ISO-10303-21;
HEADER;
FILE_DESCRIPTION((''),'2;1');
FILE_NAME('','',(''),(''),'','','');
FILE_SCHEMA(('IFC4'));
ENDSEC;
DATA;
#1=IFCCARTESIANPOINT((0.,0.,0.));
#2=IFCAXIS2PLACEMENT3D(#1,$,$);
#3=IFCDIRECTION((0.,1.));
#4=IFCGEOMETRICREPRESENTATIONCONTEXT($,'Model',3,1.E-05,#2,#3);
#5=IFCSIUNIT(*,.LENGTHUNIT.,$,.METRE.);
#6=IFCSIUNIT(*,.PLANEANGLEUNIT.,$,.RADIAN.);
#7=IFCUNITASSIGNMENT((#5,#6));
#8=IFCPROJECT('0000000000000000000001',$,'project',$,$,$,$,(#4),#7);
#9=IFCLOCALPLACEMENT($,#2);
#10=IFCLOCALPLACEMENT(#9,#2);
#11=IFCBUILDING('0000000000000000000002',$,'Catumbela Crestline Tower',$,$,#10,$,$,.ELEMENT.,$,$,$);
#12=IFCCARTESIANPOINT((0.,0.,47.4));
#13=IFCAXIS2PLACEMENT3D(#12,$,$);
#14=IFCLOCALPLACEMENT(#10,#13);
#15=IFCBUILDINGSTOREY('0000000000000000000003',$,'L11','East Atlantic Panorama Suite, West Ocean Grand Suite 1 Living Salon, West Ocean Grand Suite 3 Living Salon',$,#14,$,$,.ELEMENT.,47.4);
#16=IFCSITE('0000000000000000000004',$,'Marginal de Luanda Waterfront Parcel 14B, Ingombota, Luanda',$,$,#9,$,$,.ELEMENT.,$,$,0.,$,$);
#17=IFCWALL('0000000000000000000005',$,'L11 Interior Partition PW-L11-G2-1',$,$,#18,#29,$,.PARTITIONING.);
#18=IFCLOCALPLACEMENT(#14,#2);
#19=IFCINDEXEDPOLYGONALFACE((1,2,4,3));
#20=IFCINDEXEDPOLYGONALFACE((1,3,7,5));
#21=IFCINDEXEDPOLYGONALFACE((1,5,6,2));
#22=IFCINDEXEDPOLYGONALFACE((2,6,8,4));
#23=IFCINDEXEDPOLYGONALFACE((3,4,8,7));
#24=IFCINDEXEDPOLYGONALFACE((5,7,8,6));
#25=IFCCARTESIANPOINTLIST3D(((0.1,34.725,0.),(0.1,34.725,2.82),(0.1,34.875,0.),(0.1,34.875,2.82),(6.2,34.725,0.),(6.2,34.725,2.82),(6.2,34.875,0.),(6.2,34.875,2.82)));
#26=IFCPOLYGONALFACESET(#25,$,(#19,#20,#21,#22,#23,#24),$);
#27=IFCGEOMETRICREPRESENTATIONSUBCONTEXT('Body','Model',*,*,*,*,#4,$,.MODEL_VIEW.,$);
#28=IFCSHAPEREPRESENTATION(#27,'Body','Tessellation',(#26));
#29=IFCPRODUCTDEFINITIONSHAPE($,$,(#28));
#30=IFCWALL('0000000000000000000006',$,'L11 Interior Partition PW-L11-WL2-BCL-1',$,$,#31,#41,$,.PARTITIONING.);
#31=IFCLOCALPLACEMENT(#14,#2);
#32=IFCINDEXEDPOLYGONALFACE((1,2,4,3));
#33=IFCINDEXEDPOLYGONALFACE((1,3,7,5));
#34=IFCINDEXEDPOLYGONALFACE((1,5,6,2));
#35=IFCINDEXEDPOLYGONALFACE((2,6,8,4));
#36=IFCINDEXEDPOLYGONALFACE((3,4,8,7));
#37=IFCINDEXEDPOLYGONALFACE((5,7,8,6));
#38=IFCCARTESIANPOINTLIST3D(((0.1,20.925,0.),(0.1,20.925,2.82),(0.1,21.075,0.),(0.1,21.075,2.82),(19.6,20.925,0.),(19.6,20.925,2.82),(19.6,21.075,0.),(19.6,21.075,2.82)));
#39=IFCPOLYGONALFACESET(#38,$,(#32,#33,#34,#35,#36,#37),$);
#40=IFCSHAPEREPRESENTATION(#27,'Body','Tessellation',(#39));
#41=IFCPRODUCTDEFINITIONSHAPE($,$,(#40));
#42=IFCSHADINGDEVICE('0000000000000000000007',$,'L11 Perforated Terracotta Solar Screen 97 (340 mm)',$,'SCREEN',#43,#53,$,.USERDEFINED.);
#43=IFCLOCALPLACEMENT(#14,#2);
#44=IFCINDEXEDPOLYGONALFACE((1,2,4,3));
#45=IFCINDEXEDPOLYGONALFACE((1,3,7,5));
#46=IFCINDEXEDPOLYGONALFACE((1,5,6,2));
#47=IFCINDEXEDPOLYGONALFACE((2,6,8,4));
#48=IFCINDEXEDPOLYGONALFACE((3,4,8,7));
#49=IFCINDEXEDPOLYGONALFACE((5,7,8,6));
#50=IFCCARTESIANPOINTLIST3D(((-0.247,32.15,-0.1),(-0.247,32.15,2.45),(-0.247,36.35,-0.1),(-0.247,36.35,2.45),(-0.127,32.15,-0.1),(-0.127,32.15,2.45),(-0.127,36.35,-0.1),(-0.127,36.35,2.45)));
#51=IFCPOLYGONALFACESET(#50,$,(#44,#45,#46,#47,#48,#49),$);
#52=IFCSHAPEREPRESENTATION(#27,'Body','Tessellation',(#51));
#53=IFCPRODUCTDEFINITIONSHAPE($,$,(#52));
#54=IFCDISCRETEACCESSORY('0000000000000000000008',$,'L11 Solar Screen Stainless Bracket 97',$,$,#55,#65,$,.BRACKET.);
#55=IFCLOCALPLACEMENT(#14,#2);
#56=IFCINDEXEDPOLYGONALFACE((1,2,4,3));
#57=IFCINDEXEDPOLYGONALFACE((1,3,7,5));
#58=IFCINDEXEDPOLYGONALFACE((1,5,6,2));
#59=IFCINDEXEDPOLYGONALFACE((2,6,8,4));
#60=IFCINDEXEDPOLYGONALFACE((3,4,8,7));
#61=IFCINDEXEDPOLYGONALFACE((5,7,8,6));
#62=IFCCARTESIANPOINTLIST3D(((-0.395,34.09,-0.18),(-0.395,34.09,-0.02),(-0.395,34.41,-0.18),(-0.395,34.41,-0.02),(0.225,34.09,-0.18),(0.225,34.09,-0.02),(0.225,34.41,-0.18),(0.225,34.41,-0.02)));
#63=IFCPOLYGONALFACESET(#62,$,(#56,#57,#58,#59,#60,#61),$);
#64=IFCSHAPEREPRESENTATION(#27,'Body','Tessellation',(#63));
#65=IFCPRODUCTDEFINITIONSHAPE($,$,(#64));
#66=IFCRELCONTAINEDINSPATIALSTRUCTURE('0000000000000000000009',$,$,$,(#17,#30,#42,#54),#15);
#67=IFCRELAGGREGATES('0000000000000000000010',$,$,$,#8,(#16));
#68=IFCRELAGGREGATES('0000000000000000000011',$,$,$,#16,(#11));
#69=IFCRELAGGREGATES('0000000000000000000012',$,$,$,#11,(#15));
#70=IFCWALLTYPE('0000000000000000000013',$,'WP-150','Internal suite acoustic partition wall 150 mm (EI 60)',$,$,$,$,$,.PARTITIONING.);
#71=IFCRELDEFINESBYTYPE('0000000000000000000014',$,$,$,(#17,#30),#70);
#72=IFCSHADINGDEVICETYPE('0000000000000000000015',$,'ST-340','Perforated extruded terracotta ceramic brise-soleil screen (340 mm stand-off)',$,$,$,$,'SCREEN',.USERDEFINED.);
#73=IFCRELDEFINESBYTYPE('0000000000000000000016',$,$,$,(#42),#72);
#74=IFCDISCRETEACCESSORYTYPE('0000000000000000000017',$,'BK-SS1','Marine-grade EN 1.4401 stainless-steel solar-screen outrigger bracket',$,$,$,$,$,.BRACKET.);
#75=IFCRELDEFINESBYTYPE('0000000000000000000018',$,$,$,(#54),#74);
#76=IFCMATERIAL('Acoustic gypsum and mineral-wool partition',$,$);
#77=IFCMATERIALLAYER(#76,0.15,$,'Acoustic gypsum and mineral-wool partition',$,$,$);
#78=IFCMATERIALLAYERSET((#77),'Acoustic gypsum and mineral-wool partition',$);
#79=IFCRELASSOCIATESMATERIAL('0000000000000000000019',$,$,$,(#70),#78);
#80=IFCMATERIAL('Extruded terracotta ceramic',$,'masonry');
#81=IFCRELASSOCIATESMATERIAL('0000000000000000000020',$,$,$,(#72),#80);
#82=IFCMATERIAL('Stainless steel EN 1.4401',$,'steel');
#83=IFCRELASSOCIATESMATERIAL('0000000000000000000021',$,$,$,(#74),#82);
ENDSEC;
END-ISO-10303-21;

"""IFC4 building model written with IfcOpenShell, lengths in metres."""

from ifc_helpers import new_model, si_unit, direction, frame, frame_2d, origin, origin_2d, place, context, subcontext, project, spatial, rectangle, extrude, material, layer, layer_set, type_object, element, save


model = new_model("IFC4")

# Units and contexts
model_context = context("Model", 3, precision=1e-05, world=origin(), true_north=direction((0.0, 1.0)))
body_context = subcontext(model_context, "Body", "Model", "MODEL_VIEW")
ifc_project = project(units=[si_unit("LENGTHUNIT", "METRE"), si_unit("PLANEANGLEUNIT", "RADIAN")], contexts=[model_context])

# Site, building, storey
site_placement = place(None, origin())
site = spatial("IfcSite", under=ifc_project, at=site_placement, Name="Marginal de Luanda Waterfront Parcel 14B, Ingombota, Luanda", CompositionType="ELEMENT", RefElevation=0.0)
building_placement = place(site_placement, origin())
building = spatial("IfcBuilding", under=site, at=building_placement, Name="Catumbela Crestline Tower", CompositionType="ELEMENT")
storey_placement = place(building_placement, frame((0.0, 0.0, 47.4)))
storey = spatial("IfcBuildingStorey", under=building, at=storey_placement, Name="L11", Description="East Atlantic Panorama Suite, West Ocean Grand Suite 1 Living Salon, West Ocean Grand Suite 3 Living Salon", CompositionType="ELEMENT", Elevation=47.4)

# Walls
ifc_material_1 = material(Name="Acoustic gypsum and mineral-wool partition")
ifc_layer_1 = layer(ifc_material_1, 0.15, Name="Acoustic gypsum and mineral-wool partition")
ifc_layer_set_1 = layer_set([ifc_layer_1], Name="Acoustic gypsum and mineral-wool partition")
wall_type_1 = type_object("IfcWallType", Name="WP-150", Description="Internal suite acoustic partition wall 150 mm (EI 60)", PredefinedType="PARTITIONING", material=ifc_layer_set_1)
wall_1_placement = place(storey_placement, frame((0.1, 34.8, 0.0), z_axis=(0.0, 0.0, 1.0), x_axis=(1.0, 0.0, 0.0)))
element("IfcWall", 1, at=wall_1_placement, inside=storey, type_object=wall_type_1, Name="L11 Interior Partition PW-L11-G2-1", PredefinedType="PARTITIONING", context=body_context, shape_type="SweptSolid", body=[
    extrude(rectangle(XDim=6.1, YDim=0.15, at=frame_2d((3.05, 0.0))), origin(), (0.0, 0.0, 1.0), 2.82),
])
wall_2_placement = place(storey_placement, frame((0.1, 21.0, 0.0), z_axis=(0.0, 0.0, 1.0), x_axis=(1.0, 0.0, 0.0)))
element("IfcWall", 2, at=wall_2_placement, inside=storey, type_object=wall_type_1, Name="L11 Interior Partition PW-L11-WL2-BCL-1", PredefinedType="PARTITIONING", context=body_context, shape_type="SweptSolid", body=[
    extrude(rectangle(XDim=19.5, YDim=0.15, at=frame_2d((9.75, 0.0))), origin(), (0.0, 0.0, 1.0), 2.82),
])

# Shading device
ifc_material_2 = material(Name="Extruded terracotta ceramic", Category="masonry")
shading_device_type = type_object("IfcShadingDeviceType", Name="ST-340", Description="Perforated extruded terracotta ceramic brise-soleil screen (340 mm stand-off)", ElementType="SCREEN", PredefinedType="USERDEFINED", material=ifc_material_2)
shading_device_placement = place(storey_placement, frame((-0.187, 34.25, -0.1), z_axis=(0.0, 0.0, 1.0), x_axis=(0.0, -1.0, 0.0)))
element("IfcShadingDevice", 3, at=shading_device_placement, inside=storey, type_object=shading_device_type, Name="L11 Perforated Terracotta Solar Screen 97 (340 mm)", ObjectType="SCREEN", PredefinedType="USERDEFINED", context=body_context, shape_type="SweptSolid", body=[
    extrude(rectangle(XDim=4.2, YDim=0.12, at=origin_2d()), origin(), (0.0, 0.0, 1.0), 2.55),
])

# Discrete accessory
ifc_material_3 = material(Name="Stainless steel EN 1.4401", Category="steel")
discrete_accessory_type = type_object("IfcDiscreteAccessoryType", Name="BK-SS1", Description="Marine-grade EN 1.4401 stainless-steel solar-screen outrigger bracket", PredefinedType="BRACKET", material=ifc_material_3)
discrete_accessory_placement = place(storey_placement, frame((-0.085, 34.25, -0.18), z_axis=(0.0, 0.0, 1.0), x_axis=(0.0, -1.0, 0.0)))
element("IfcDiscreteAccessory", 4, at=discrete_accessory_placement, inside=storey, type_object=discrete_accessory_type, Name="L11 Solar Screen Stainless Bracket 97", PredefinedType="BRACKET", context=body_context, shape_type="SweptSolid", body=[
    extrude(rectangle(XDim=0.32, YDim=0.62, at=origin_2d()), origin(), (0.0, 0.0, 1.0), 0.16),
])

save(model, "model.ifc")
